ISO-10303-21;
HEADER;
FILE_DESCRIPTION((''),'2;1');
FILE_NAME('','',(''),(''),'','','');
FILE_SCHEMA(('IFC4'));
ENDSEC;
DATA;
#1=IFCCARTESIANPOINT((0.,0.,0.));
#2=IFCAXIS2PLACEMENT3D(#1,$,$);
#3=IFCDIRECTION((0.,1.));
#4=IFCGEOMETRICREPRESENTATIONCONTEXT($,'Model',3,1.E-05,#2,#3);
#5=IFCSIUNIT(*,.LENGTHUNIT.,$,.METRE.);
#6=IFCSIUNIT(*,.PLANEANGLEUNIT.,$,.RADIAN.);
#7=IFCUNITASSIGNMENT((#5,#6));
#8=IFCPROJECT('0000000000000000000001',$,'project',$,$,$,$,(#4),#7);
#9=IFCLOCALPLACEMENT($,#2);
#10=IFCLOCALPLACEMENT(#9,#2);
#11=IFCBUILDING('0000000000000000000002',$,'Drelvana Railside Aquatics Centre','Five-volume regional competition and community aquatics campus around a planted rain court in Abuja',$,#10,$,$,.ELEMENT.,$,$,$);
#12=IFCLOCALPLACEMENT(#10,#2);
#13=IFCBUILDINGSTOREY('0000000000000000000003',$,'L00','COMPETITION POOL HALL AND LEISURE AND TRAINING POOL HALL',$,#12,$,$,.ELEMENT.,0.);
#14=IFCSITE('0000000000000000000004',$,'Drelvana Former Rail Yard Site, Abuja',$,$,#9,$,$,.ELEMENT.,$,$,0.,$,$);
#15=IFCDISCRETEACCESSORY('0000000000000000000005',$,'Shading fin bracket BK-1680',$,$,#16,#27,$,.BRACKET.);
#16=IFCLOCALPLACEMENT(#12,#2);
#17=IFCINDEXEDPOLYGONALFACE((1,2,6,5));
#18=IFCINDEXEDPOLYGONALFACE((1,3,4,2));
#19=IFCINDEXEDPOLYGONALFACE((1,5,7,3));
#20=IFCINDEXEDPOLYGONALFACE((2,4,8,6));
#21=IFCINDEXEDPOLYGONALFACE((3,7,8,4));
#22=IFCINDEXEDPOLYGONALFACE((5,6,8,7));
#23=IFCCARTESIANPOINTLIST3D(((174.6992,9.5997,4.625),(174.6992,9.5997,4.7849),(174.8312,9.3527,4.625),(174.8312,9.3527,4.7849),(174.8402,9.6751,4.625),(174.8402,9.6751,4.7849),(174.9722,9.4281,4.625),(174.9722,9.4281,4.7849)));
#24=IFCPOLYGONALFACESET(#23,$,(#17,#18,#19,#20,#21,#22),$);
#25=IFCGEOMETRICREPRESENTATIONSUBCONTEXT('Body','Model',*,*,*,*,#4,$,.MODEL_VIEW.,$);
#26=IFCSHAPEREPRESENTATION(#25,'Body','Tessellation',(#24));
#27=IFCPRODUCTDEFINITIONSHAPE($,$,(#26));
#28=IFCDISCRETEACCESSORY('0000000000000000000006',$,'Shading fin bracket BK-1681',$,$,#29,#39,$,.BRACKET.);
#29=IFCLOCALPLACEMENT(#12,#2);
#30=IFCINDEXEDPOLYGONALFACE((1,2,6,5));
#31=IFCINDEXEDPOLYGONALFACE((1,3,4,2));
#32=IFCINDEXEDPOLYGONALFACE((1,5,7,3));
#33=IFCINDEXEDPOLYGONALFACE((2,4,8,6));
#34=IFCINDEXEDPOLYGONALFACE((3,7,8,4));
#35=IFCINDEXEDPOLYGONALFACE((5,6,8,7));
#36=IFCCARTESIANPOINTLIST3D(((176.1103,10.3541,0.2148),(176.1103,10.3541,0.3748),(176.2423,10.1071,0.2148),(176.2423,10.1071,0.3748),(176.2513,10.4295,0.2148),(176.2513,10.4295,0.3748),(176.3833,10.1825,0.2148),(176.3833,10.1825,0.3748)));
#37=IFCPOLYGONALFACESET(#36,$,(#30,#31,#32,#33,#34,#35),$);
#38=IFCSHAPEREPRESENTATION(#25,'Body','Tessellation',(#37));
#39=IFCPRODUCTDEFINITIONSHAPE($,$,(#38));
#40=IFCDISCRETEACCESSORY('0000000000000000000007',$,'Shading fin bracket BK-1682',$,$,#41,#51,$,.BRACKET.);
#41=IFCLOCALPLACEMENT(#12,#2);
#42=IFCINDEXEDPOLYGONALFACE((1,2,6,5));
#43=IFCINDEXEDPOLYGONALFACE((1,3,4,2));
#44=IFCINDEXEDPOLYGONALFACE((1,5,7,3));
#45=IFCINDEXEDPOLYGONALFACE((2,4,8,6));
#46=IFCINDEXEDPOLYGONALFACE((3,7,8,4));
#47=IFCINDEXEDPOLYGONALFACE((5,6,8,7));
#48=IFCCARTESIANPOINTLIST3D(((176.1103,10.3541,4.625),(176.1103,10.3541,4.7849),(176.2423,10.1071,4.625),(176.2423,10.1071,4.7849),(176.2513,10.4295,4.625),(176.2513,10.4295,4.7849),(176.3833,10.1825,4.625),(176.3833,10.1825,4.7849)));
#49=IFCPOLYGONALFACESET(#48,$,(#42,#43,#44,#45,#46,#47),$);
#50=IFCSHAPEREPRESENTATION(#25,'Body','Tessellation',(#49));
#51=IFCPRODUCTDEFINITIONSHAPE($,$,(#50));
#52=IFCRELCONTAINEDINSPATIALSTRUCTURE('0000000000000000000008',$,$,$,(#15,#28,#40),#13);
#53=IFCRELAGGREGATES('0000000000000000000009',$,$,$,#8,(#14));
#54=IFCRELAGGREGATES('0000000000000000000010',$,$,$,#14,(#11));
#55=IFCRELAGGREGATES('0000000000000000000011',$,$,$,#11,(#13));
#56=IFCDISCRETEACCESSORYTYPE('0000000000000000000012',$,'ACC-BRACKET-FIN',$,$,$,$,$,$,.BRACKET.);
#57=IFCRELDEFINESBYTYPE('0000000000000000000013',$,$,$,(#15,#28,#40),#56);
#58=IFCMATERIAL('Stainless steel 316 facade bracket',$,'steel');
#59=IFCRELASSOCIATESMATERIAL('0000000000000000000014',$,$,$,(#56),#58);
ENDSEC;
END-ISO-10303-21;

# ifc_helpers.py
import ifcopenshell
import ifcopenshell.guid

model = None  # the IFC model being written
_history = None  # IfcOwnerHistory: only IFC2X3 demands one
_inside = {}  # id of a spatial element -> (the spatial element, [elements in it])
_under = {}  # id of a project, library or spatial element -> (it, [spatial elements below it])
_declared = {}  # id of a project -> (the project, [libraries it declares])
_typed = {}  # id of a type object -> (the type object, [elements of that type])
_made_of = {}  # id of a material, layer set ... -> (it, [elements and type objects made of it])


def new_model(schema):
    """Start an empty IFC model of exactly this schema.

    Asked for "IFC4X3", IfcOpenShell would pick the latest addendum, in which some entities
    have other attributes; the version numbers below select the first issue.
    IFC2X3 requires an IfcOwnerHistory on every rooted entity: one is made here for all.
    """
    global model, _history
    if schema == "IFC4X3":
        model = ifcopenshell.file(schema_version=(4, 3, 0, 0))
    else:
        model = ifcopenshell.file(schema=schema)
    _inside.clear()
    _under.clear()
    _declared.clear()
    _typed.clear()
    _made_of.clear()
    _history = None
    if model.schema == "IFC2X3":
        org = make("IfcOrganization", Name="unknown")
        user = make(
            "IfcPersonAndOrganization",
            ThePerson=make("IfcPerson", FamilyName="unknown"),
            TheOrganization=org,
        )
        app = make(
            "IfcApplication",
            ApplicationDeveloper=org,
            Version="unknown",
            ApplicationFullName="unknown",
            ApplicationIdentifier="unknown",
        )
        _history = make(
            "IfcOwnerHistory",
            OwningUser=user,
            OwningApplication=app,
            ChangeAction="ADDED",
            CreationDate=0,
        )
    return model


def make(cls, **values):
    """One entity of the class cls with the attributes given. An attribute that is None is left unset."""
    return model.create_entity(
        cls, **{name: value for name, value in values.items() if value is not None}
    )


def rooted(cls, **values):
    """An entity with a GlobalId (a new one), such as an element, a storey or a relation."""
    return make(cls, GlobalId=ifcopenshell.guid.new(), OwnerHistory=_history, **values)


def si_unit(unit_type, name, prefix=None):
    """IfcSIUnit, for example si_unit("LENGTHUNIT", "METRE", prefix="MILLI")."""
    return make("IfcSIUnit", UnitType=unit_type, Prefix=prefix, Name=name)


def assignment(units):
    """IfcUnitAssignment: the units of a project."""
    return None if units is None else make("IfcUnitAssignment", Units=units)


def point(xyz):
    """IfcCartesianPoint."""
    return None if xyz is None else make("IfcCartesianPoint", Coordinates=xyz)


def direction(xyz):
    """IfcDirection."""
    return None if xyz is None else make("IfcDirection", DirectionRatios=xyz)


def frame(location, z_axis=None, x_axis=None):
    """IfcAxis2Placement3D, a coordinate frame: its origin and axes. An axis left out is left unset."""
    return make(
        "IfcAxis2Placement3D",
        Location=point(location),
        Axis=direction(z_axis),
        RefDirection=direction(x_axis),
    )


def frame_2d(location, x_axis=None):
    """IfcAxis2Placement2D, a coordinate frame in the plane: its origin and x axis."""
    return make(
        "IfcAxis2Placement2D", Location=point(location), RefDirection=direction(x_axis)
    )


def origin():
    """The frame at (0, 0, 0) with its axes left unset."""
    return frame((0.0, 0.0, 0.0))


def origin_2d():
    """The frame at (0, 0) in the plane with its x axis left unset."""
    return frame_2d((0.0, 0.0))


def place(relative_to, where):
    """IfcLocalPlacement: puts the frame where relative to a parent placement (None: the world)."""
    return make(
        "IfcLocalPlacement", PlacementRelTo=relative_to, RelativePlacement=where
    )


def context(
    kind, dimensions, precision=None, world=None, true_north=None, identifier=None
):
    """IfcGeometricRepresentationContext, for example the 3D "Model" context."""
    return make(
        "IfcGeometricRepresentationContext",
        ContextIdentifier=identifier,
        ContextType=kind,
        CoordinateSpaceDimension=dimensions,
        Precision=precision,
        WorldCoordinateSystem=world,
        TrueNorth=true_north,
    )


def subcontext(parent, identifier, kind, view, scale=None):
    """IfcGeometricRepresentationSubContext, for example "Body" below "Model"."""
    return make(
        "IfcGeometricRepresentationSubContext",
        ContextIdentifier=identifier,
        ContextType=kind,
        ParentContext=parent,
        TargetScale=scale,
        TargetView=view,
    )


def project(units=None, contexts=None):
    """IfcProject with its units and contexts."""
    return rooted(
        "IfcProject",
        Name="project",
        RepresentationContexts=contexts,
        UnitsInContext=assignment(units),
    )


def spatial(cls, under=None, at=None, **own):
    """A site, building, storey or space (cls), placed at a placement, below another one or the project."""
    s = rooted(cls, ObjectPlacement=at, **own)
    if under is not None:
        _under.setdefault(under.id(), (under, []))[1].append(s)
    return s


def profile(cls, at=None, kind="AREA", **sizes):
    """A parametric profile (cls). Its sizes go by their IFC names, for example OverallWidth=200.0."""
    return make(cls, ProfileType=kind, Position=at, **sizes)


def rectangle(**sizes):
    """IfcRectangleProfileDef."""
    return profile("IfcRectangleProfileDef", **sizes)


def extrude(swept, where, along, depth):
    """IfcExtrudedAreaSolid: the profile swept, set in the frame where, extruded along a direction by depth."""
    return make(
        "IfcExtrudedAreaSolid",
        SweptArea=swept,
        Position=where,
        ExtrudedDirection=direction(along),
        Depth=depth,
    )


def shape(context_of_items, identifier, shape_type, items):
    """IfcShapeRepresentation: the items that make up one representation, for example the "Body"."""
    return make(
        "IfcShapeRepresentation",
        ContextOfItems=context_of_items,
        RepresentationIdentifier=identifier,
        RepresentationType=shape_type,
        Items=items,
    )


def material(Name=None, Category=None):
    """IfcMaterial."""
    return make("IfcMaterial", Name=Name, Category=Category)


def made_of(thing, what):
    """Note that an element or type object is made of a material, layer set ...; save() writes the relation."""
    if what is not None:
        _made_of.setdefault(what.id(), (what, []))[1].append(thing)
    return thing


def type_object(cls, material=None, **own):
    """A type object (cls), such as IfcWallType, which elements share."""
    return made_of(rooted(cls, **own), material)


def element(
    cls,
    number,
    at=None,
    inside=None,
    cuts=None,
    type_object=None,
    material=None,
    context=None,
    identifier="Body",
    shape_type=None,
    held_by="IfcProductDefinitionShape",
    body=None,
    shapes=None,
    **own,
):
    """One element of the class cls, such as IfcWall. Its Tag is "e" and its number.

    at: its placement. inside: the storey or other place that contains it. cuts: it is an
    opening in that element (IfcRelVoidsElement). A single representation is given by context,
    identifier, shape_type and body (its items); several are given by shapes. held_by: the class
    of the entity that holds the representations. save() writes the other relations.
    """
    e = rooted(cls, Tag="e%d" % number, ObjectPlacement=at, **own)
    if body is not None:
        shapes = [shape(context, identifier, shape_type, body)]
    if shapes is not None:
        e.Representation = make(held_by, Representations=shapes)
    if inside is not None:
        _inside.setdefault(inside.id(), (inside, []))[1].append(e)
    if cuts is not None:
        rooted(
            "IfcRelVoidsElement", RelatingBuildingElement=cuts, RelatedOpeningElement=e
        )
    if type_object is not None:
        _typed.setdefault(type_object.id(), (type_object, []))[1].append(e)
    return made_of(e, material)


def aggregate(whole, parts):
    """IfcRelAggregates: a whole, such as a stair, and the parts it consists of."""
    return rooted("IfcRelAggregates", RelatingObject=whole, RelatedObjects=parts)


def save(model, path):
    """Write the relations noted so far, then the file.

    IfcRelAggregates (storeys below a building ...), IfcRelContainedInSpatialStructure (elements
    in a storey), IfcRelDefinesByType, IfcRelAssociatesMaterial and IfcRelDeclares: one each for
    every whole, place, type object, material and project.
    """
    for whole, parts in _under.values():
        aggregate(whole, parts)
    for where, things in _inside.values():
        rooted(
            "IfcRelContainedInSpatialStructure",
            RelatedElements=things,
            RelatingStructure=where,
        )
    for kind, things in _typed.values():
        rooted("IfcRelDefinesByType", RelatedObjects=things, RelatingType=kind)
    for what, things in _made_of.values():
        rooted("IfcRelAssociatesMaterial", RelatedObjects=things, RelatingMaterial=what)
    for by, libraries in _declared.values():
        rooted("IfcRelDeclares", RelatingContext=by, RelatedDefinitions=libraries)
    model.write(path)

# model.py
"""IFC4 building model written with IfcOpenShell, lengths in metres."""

from ifc_helpers import new_model, si_unit, direction, frame, origin, origin_2d, place, context, subcontext, project, spatial, rectangle, extrude, material, type_object, element, save


model = new_model("IFC4")

# Units and contexts
model_context = context("Model", 3, precision=1e-05, world=origin(), true_north=direction((0.0, 1.0)))
body_context = subcontext(model_context, "Body", "Model", "MODEL_VIEW")
ifc_project = project(units=[si_unit("LENGTHUNIT", "METRE"), si_unit("PLANEANGLEUNIT", "RADIAN")], contexts=[model_context])

# Site, building, storey
site_placement = place(None, origin())
site = spatial("IfcSite", under=ifc_project, at=site_placement, Name="Drelvana Former Rail Yard Site, Abuja", CompositionType="ELEMENT", RefElevation=0.0)
building_placement = place(site_placement, origin())
building = spatial("IfcBuilding", under=site, at=building_placement, Name="Drelvana Railside Aquatics Centre", Description="Five-volume regional competition and community aquatics campus around a planted rain court in Abuja", CompositionType="ELEMENT")
storey_placement = place(building_placement, origin())
storey = spatial("IfcBuildingStorey", under=building, at=storey_placement, Name="L00", Description="COMPETITION POOL HALL AND LEISURE AND TRAINING POOL HALL", CompositionType="ELEMENT", Elevation=0.0)

# Discrete accessories
ifc_material_1 = material(Name="Stainless steel 316 facade bracket", Category="steel")
discrete_accessory_type = type_object("IfcDiscreteAccessoryType", Name="ACC-BRACKET-FIN", PredefinedType="BRACKET", material=ifc_material_1)
for number, where, z_axis, x_axis, name in (
    (1, (174.8357, 9.5139, 4.625), (0.0, 0.0, 1.0), (0.471397, -0.881921, 0.0), "Shading fin bracket BK-1680"),
    (2, (176.2468, 10.2683, 0.2148), (0.0, 0.0, 1.0), (0.471397, -0.881921, 0.0), "Shading fin bracket BK-1681"),
    (3, (176.2468, 10.2683, 4.625), (0.0, 0.0, 1.0), (0.471397, -0.881921, 0.0), "Shading fin bracket BK-1682"),
):
    element("IfcDiscreteAccessory", number, at=place(storey_placement, frame(where, z_axis=z_axis, x_axis=x_axis)), inside=storey, type_object=discrete_accessory_type, Name=name, PredefinedType="BRACKET", context=body_context, shape_type="SweptSolid", body=[
        extrude(rectangle(XDim=0.28, YDim=0.1599, at=origin_2d()), origin(), (0.0, 0.0, 1.0), 0.1599),
    ])

save(model, "model.ifc")
